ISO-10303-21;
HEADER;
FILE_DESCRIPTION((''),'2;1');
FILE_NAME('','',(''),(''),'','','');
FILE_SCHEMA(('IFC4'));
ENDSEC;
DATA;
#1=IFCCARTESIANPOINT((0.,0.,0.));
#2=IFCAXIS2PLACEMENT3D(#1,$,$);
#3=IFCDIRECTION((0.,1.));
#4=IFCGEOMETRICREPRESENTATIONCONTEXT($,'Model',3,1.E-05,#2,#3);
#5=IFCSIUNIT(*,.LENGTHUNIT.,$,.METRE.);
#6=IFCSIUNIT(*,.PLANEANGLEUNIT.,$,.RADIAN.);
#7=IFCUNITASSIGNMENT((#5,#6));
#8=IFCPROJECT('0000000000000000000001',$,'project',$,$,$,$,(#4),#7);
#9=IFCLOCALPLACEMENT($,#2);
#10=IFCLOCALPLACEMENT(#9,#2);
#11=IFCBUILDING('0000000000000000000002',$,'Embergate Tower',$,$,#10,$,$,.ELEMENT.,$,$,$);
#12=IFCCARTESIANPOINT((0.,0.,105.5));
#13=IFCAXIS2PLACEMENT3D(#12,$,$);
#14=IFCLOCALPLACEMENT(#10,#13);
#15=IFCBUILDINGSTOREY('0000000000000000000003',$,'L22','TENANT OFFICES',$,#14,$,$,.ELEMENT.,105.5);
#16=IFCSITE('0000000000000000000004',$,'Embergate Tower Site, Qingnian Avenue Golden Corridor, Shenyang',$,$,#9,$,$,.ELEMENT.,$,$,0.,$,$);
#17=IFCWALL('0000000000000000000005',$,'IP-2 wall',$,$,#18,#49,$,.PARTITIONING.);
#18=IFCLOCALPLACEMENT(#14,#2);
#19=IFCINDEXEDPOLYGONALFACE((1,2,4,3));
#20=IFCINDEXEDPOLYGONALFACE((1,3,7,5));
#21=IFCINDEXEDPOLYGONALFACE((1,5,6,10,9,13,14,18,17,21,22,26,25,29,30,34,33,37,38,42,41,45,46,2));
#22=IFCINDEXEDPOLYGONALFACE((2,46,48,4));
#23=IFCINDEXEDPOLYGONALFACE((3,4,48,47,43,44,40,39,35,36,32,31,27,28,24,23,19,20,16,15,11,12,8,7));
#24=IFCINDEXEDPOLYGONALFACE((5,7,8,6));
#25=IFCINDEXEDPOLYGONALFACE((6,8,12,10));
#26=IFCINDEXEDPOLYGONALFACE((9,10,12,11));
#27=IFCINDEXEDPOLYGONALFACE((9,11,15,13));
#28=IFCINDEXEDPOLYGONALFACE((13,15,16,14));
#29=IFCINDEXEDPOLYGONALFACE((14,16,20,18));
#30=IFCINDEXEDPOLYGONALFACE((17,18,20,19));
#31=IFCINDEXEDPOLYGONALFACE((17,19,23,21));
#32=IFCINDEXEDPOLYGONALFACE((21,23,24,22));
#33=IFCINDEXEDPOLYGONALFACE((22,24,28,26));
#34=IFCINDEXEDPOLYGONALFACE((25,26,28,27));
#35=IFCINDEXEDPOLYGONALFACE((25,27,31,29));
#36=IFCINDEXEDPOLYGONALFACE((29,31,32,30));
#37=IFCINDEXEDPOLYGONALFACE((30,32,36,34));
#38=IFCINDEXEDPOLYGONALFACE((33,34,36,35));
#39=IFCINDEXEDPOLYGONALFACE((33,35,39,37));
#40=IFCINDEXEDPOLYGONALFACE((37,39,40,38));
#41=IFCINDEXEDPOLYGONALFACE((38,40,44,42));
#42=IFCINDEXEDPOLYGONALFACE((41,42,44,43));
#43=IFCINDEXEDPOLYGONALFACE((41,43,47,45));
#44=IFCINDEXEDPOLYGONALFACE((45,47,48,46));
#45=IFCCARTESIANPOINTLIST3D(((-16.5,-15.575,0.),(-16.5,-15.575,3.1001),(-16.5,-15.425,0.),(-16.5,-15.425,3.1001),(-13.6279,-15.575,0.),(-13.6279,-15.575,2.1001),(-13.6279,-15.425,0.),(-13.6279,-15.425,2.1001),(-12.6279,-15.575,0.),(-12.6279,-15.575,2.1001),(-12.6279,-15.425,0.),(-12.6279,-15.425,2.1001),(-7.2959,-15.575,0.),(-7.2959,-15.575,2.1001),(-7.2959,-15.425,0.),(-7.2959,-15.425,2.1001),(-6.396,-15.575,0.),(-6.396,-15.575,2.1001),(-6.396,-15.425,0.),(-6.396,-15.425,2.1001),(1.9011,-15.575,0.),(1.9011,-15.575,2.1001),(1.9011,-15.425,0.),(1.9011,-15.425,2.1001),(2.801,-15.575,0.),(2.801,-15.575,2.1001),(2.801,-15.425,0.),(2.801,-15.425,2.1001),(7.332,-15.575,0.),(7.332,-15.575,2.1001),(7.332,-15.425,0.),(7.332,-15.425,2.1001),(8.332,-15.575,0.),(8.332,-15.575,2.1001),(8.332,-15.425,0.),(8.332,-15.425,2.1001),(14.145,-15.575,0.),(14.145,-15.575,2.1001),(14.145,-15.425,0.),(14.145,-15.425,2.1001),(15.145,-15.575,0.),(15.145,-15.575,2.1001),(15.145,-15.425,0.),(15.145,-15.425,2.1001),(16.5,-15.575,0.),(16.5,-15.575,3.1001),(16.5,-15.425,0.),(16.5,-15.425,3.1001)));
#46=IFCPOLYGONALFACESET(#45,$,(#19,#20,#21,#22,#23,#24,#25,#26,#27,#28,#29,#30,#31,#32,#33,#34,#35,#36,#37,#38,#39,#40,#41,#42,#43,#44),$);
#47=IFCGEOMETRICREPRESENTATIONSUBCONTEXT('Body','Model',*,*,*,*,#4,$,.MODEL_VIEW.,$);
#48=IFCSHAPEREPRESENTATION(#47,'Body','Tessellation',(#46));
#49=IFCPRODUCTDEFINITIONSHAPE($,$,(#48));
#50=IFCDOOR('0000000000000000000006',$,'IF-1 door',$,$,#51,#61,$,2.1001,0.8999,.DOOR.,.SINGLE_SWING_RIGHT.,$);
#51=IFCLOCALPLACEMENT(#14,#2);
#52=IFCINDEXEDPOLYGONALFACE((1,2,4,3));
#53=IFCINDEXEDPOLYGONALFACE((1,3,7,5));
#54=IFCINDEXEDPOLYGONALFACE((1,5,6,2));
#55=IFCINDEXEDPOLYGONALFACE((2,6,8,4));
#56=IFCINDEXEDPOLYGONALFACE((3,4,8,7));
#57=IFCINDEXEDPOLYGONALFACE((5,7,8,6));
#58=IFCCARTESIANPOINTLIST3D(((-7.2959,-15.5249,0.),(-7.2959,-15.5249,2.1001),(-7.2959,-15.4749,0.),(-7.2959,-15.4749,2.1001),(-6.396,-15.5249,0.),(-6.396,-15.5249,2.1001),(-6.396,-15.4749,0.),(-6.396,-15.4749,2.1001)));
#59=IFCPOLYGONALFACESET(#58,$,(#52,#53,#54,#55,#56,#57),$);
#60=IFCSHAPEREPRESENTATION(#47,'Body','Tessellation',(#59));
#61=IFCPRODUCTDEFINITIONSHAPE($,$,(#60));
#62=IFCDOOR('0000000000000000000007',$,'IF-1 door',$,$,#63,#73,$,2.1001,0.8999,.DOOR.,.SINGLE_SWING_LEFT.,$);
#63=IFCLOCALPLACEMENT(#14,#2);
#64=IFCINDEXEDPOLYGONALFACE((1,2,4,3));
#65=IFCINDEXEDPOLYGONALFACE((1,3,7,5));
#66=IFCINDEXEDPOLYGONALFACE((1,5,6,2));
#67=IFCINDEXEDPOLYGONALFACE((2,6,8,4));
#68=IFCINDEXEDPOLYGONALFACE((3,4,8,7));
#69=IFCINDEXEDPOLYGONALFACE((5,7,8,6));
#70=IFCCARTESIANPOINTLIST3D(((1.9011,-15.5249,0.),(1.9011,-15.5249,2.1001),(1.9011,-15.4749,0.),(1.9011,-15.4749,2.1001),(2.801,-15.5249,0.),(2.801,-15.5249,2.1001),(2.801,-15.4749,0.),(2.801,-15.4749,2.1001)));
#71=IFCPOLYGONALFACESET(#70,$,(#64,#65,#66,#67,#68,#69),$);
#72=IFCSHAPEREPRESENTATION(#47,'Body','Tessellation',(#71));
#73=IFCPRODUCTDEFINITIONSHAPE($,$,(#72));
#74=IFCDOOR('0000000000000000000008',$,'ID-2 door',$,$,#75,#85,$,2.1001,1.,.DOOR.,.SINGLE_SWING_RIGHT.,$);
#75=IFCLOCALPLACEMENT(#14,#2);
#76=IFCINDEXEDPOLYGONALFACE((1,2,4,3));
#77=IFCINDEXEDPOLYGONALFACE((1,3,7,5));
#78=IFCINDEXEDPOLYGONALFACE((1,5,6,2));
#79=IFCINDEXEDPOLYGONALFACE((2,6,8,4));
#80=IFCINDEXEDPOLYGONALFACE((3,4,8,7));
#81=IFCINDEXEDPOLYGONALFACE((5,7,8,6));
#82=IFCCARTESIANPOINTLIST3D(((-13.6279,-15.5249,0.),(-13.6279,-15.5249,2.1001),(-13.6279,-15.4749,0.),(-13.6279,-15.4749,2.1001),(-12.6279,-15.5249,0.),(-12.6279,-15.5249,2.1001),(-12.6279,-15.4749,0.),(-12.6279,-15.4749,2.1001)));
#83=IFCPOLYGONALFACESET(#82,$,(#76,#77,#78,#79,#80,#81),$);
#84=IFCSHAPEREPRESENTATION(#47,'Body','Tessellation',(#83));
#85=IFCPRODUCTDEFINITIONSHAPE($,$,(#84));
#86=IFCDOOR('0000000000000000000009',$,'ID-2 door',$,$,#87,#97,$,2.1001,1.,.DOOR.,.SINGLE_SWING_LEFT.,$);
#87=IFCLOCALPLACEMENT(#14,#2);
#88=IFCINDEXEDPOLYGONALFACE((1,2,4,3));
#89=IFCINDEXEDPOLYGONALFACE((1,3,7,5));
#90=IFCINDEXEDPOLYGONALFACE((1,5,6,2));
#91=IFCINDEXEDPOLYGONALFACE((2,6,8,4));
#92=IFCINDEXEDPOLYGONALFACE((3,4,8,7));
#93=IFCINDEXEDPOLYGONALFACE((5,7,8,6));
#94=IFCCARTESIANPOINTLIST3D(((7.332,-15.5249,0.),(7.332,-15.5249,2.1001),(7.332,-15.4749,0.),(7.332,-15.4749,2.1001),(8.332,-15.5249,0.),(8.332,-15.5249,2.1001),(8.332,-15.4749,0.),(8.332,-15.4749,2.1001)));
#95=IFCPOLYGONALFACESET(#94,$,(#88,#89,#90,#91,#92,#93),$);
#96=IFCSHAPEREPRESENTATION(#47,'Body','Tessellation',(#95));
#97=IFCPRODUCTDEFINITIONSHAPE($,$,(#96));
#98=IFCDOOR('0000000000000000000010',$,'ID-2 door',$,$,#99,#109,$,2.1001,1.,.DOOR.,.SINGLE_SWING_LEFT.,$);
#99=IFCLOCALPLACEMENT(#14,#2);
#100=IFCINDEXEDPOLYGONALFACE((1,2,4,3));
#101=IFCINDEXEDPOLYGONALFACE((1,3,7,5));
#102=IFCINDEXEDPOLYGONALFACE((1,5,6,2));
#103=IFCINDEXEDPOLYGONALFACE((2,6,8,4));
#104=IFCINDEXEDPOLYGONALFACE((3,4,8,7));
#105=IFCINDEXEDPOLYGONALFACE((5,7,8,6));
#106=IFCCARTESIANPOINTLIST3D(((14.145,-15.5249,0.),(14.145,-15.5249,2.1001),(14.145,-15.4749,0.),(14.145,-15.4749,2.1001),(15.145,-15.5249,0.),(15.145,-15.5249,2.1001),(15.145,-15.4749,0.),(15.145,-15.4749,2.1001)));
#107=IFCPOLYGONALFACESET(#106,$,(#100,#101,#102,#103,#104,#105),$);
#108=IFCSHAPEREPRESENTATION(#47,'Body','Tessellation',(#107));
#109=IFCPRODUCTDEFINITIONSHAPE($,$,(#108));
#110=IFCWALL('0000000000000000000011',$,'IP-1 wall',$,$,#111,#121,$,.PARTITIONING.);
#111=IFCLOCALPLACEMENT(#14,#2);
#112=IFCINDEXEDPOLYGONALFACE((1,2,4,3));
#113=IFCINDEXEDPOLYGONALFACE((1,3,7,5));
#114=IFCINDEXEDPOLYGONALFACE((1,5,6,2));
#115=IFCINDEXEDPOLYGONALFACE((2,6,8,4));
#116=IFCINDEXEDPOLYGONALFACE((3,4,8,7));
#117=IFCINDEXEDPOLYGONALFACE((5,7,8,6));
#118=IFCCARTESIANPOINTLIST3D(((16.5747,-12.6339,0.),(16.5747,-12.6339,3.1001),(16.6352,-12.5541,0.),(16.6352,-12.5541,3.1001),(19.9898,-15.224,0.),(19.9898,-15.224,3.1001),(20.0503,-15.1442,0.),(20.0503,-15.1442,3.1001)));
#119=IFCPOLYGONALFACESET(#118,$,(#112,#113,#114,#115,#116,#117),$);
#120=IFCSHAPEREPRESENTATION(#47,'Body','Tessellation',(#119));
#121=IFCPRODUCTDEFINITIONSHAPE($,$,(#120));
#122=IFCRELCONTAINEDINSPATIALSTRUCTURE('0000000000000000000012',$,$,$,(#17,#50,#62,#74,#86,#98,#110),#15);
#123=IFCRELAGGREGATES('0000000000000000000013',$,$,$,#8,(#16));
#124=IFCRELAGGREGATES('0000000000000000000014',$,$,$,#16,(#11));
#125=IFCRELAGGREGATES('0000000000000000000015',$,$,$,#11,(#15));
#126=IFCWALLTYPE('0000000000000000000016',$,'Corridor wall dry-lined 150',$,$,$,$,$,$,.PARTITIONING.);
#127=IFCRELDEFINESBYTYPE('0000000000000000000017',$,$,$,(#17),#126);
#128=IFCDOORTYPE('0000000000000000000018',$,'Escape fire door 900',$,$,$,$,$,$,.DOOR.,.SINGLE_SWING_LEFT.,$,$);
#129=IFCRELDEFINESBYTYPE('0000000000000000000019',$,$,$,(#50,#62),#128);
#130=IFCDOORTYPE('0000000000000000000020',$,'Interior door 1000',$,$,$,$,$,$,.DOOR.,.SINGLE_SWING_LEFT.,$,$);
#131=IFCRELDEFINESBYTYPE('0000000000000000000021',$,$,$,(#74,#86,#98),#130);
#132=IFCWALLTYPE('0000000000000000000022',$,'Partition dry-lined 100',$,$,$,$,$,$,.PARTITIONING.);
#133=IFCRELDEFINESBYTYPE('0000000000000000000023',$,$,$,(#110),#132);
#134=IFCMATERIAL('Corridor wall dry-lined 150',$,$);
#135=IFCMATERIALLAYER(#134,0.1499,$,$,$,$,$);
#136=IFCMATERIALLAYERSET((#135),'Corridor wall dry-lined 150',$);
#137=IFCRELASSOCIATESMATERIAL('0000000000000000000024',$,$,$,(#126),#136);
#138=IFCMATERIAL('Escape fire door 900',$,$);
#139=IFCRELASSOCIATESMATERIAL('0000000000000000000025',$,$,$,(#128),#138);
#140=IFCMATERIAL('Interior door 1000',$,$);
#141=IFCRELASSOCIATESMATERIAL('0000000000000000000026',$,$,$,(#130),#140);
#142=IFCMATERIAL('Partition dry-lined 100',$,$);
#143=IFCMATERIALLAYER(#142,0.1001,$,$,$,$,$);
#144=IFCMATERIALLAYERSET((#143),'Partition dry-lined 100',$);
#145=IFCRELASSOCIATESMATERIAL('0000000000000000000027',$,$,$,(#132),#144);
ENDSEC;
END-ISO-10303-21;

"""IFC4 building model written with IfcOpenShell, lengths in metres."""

from ifc_helpers import new_model, si_unit, direction, frame, frame_2d, origin, place, context, subcontext, project, spatial, rectangle, extrude, source, transform, mapped, material, layer, layer_set, type_object, element, fill, save


model = new_model("IFC4")

# Units and contexts
model_context = context("Model", 3, precision=1e-05, world=origin(), true_north=direction((0.0, 1.0)))
body_context = subcontext(model_context, "Body", "Model", "MODEL_VIEW")
ifc_project = project(units=[si_unit("LENGTHUNIT", "METRE"), si_unit("PLANEANGLEUNIT", "RADIAN")], contexts=[model_context])

# Site, building, storey
site_placement = place(None, origin())
site = spatial("IfcSite", under=ifc_project, at=site_placement, Name="Embergate Tower Site, Qingnian Avenue Golden Corridor, Shenyang", CompositionType="ELEMENT", RefElevation=0.0)
building_placement = place(site_placement, origin())
building = spatial("IfcBuilding", under=site, at=building_placement, Name="Embergate Tower", CompositionType="ELEMENT")
storey_placement = place(building_placement, frame((0.0, 0.0, 105.5)))
storey = spatial("IfcBuildingStorey", under=building, at=storey_placement, Name="L22", Description="TENANT OFFICES", CompositionType="ELEMENT", Elevation=105.5)

# Shared definitions
shared_shape_1 = source(origin(), body_context, "Body", "SweptSolid", [
    extrude(rectangle(XDim=0.8999, YDim=2.1001, at=frame_2d((0.45, 1.05))), frame((0.0, 0.0249, 0.0), z_axis=(0.0, -1.0, 0.0), x_axis=(1.0, 0.0, 0.0)), (0.0, 0.0, 1.0), 0.05),
])

# Wall, openings, doors
ifc_material_1 = material(Name="Corridor wall dry-lined 150")
ifc_layer_1 = layer(ifc_material_1, 0.1499)
ifc_layer_set_1 = layer_set([ifc_layer_1], Name="Corridor wall dry-lined 150")
wall_type_1 = type_object("IfcWallType", Name="Corridor wall dry-lined 150", PredefinedType="PARTITIONING", material=ifc_layer_set_1)
shared_shape_2 = source(origin(), body_context, "Body", "SweptSolid", [
    extrude(rectangle(XDim=33.0, YDim=0.1499, at=frame_2d((16.5, 0.0))), origin(), (0.0, 0.0, 1.0), 3.1001),
])
wall_1_placement = place(storey_placement, frame((16.5, -15.5, 0.0), z_axis=(0.0, 0.0, 1.0), x_axis=(-1.0, 0.0, 0.0)))
wall_1 = element("IfcWall", 1, at=wall_1_placement, inside=storey, type_object=wall_type_1, Name="IP-2 wall", PredefinedType="PARTITIONING", context=body_context, shape_type="MappedRepresentation", body=[
    mapped(shared_shape_2, transform((0.0, 0.0, 0.0))),
])
shared_shape_3 = source(origin(), body_context, "Body", "SweptSolid", [
    extrude(rectangle(XDim=1.0, YDim=2.1001, at=frame_2d((0.5, 1.05))), frame((0.0, 0.085, 0.0), z_axis=(0.0, -1.0, 0.0), x_axis=(1.0, 0.0, 0.0)), (0.0, 0.0, 1.0), 0.1699),
])
opening_1_placement = place(wall_1_placement, frame((29.1279, 0.0, 0.0)))
opening_1 = element("IfcOpeningElement", 2, at=opening_1_placement, cuts=wall_1, PredefinedType="OPENING", context=body_context, shape_type="MappedRepresentation", body=[
    mapped(shared_shape_3, transform((0.0, 0.0, 0.0))),
])
shared_shape_4 = source(origin(), body_context, "Body", "SweptSolid", [
    extrude(rectangle(XDim=0.8999, YDim=2.1001, at=frame_2d((0.45, 1.05))), frame((0.0, 0.085, 0.0), z_axis=(0.0, -1.0, 0.0), x_axis=(1.0, 0.0, 0.0)), (0.0, 0.0, 1.0), 0.1699),
])
opening_2_placement = place(wall_1_placement, frame((22.896, 0.0, 0.0)))
opening_2 = element("IfcOpeningElement", 3, at=opening_2_placement, cuts=wall_1, PredefinedType="OPENING", context=body_context, shape_type="MappedRepresentation", body=[
    mapped(shared_shape_4, transform((0.0, 0.0, 0.0))),
])
opening_3_placement = place(wall_1_placement, frame((13.699, 0.0, 0.0)))
opening_3 = element("IfcOpeningElement", 4, at=opening_3_placement, cuts=wall_1, PredefinedType="OPENING", context=body_context, shape_type="MappedRepresentation", body=[
    mapped(shared_shape_4, transform((0.0, 0.0, 0.0))),
])
opening_4_placement = place(wall_1_placement, frame((8.168, 0.0, 0.0)))
opening_4 = element("IfcOpeningElement", 5, at=opening_4_placement, cuts=wall_1, PredefinedType="OPENING", context=body_context, shape_type="MappedRepresentation", body=[
    mapped(shared_shape_3, transform((0.0, 0.0, 0.0))),
])
opening_5_placement = place(wall_1_placement, frame((1.355, 0.0, 0.0)))
opening_5 = element("IfcOpeningElement", 6, at=opening_5_placement, cuts=wall_1, PredefinedType="OPENING", context=body_context, shape_type="MappedRepresentation", body=[
    mapped(shared_shape_3, transform((0.0, 0.0, 0.0))),
])
ifc_material_2 = material(Name="Escape fire door 900")
door_type_1 = type_object("IfcDoorType", Name="Escape fire door 900", OperationType="SINGLE_SWING_LEFT", PredefinedType="DOOR", material=ifc_material_2)
door_1_placement = place(opening_2_placement, origin())
door_1 = element("IfcDoor", 7, at=door_1_placement, inside=storey, type_object=door_type_1, Name="IF-1 door", OperationType="SINGLE_SWING_RIGHT", OverallHeight=2.1001, OverallWidth=0.8999, PredefinedType="DOOR", context=body_context, shape_type="MappedRepresentation", body=[
    mapped(shared_shape_1, transform((0.0, 0.0, 0.0))),
])
fill(opening_2, door_1)
door_2_placement = place(opening_3_placement, origin())
door_2 = element("IfcDoor", 8, at=door_2_placement, inside=storey, type_object=door_type_1, Name="IF-1 door", OperationType="SINGLE_SWING_LEFT", OverallHeight=2.1001, OverallWidth=0.8999, PredefinedType="DOOR", context=body_context, shape_type="MappedRepresentation", body=[
    mapped(shared_shape_1, transform((0.0, 0.0, 0.0))),
])
fill(opening_3, door_2)
ifc_material_3 = material(Name="Interior door 1000")
door_type_2 = type_object("IfcDoorType", Name="Interior door 1000", OperationType="SINGLE_SWING_LEFT", PredefinedType="DOOR", material=ifc_material_3)
shared_shape_5 = source(origin(), body_context, "Body", "SweptSolid", [
    extrude(rectangle(XDim=1.0, YDim=2.1001, at=frame_2d((0.5, 1.05))), frame((0.0, 0.0249, 0.0), z_axis=(0.0, -1.0, 0.0), x_axis=(1.0, 0.0, 0.0)), (0.0, 0.0, 1.0), 0.05),
])
door_3_placement = place(opening_1_placement, origin())
door_3 = element("IfcDoor", 9, at=door_3_placement, inside=storey, type_object=door_type_2, Name="ID-2 door", OperationType="SINGLE_SWING_RIGHT", OverallHeight=2.1001, OverallWidth=1.0, PredefinedType="DOOR", context=body_context, shape_type="MappedRepresentation", body=[
    mapped(shared_shape_5, transform((0.0, 0.0, 0.0))),
])
fill(opening_1, door_3)
door_4_placement = place(opening_4_placement, origin())
door_4 = element("IfcDoor", 10, at=door_4_placement, inside=storey, type_object=door_type_2, Name="ID-2 door", OperationType="SINGLE_SWING_LEFT", OverallHeight=2.1001, OverallWidth=1.0, PredefinedType="DOOR", context=body_context, shape_type="MappedRepresentation", body=[
    mapped(shared_shape_5, transform((0.0, 0.0, 0.0))),
])
fill(opening_4, door_4)
door_5_placement = place(opening_5_placement, origin())
door_5 = element("IfcDoor", 11, at=door_5_placement, inside=storey, type_object=door_type_2, Name="ID-2 door", OperationType="SINGLE_SWING_LEFT", OverallHeight=2.1001, OverallWidth=1.0, PredefinedType="DOOR", context=body_context, shape_type="MappedRepresentation", body=[
    mapped(shared_shape_5, transform((0.0, 0.0, 0.0))),
])
fill(opening_5, door_5)

# Wall
ifc_material_4 = material(Name="Partition dry-lined 100")
ifc_layer_2 = layer(ifc_material_4, 0.1001)
ifc_layer_set_2 = layer_set([ifc_layer_2], Name="Partition dry-lined 100")
wall_type_2 = type_object("IfcWallType", Name="Partition dry-lined 100", PredefinedType="PARTITIONING", material=ifc_layer_set_2)
shared_shape_6 = source(origin(), body_context, "Body", "SweptSolid", [
    extrude(rectangle(XDim=4.2861, YDim=0.1001, at=frame_2d((2.1431, 0.0))), origin(), (0.0, 0.0, 1.0), 3.1001),
])
wall_2_placement = place(storey_placement, frame((16.605, -12.594, 0.0), z_axis=(0.0, 0.0, 1.0), x_axis=(0.796762, -0.604293, 0.0)))
element("IfcWall", 12, at=wall_2_placement, inside=storey, type_object=wall_type_2, Name="IP-1 wall", PredefinedType="PARTITIONING", context=body_context, shape_type="MappedRepresentation", body=[
    mapped(shared_shape_6, transform((0.0, 0.0, 0.0))),
])

save(model, "model.ifc")
